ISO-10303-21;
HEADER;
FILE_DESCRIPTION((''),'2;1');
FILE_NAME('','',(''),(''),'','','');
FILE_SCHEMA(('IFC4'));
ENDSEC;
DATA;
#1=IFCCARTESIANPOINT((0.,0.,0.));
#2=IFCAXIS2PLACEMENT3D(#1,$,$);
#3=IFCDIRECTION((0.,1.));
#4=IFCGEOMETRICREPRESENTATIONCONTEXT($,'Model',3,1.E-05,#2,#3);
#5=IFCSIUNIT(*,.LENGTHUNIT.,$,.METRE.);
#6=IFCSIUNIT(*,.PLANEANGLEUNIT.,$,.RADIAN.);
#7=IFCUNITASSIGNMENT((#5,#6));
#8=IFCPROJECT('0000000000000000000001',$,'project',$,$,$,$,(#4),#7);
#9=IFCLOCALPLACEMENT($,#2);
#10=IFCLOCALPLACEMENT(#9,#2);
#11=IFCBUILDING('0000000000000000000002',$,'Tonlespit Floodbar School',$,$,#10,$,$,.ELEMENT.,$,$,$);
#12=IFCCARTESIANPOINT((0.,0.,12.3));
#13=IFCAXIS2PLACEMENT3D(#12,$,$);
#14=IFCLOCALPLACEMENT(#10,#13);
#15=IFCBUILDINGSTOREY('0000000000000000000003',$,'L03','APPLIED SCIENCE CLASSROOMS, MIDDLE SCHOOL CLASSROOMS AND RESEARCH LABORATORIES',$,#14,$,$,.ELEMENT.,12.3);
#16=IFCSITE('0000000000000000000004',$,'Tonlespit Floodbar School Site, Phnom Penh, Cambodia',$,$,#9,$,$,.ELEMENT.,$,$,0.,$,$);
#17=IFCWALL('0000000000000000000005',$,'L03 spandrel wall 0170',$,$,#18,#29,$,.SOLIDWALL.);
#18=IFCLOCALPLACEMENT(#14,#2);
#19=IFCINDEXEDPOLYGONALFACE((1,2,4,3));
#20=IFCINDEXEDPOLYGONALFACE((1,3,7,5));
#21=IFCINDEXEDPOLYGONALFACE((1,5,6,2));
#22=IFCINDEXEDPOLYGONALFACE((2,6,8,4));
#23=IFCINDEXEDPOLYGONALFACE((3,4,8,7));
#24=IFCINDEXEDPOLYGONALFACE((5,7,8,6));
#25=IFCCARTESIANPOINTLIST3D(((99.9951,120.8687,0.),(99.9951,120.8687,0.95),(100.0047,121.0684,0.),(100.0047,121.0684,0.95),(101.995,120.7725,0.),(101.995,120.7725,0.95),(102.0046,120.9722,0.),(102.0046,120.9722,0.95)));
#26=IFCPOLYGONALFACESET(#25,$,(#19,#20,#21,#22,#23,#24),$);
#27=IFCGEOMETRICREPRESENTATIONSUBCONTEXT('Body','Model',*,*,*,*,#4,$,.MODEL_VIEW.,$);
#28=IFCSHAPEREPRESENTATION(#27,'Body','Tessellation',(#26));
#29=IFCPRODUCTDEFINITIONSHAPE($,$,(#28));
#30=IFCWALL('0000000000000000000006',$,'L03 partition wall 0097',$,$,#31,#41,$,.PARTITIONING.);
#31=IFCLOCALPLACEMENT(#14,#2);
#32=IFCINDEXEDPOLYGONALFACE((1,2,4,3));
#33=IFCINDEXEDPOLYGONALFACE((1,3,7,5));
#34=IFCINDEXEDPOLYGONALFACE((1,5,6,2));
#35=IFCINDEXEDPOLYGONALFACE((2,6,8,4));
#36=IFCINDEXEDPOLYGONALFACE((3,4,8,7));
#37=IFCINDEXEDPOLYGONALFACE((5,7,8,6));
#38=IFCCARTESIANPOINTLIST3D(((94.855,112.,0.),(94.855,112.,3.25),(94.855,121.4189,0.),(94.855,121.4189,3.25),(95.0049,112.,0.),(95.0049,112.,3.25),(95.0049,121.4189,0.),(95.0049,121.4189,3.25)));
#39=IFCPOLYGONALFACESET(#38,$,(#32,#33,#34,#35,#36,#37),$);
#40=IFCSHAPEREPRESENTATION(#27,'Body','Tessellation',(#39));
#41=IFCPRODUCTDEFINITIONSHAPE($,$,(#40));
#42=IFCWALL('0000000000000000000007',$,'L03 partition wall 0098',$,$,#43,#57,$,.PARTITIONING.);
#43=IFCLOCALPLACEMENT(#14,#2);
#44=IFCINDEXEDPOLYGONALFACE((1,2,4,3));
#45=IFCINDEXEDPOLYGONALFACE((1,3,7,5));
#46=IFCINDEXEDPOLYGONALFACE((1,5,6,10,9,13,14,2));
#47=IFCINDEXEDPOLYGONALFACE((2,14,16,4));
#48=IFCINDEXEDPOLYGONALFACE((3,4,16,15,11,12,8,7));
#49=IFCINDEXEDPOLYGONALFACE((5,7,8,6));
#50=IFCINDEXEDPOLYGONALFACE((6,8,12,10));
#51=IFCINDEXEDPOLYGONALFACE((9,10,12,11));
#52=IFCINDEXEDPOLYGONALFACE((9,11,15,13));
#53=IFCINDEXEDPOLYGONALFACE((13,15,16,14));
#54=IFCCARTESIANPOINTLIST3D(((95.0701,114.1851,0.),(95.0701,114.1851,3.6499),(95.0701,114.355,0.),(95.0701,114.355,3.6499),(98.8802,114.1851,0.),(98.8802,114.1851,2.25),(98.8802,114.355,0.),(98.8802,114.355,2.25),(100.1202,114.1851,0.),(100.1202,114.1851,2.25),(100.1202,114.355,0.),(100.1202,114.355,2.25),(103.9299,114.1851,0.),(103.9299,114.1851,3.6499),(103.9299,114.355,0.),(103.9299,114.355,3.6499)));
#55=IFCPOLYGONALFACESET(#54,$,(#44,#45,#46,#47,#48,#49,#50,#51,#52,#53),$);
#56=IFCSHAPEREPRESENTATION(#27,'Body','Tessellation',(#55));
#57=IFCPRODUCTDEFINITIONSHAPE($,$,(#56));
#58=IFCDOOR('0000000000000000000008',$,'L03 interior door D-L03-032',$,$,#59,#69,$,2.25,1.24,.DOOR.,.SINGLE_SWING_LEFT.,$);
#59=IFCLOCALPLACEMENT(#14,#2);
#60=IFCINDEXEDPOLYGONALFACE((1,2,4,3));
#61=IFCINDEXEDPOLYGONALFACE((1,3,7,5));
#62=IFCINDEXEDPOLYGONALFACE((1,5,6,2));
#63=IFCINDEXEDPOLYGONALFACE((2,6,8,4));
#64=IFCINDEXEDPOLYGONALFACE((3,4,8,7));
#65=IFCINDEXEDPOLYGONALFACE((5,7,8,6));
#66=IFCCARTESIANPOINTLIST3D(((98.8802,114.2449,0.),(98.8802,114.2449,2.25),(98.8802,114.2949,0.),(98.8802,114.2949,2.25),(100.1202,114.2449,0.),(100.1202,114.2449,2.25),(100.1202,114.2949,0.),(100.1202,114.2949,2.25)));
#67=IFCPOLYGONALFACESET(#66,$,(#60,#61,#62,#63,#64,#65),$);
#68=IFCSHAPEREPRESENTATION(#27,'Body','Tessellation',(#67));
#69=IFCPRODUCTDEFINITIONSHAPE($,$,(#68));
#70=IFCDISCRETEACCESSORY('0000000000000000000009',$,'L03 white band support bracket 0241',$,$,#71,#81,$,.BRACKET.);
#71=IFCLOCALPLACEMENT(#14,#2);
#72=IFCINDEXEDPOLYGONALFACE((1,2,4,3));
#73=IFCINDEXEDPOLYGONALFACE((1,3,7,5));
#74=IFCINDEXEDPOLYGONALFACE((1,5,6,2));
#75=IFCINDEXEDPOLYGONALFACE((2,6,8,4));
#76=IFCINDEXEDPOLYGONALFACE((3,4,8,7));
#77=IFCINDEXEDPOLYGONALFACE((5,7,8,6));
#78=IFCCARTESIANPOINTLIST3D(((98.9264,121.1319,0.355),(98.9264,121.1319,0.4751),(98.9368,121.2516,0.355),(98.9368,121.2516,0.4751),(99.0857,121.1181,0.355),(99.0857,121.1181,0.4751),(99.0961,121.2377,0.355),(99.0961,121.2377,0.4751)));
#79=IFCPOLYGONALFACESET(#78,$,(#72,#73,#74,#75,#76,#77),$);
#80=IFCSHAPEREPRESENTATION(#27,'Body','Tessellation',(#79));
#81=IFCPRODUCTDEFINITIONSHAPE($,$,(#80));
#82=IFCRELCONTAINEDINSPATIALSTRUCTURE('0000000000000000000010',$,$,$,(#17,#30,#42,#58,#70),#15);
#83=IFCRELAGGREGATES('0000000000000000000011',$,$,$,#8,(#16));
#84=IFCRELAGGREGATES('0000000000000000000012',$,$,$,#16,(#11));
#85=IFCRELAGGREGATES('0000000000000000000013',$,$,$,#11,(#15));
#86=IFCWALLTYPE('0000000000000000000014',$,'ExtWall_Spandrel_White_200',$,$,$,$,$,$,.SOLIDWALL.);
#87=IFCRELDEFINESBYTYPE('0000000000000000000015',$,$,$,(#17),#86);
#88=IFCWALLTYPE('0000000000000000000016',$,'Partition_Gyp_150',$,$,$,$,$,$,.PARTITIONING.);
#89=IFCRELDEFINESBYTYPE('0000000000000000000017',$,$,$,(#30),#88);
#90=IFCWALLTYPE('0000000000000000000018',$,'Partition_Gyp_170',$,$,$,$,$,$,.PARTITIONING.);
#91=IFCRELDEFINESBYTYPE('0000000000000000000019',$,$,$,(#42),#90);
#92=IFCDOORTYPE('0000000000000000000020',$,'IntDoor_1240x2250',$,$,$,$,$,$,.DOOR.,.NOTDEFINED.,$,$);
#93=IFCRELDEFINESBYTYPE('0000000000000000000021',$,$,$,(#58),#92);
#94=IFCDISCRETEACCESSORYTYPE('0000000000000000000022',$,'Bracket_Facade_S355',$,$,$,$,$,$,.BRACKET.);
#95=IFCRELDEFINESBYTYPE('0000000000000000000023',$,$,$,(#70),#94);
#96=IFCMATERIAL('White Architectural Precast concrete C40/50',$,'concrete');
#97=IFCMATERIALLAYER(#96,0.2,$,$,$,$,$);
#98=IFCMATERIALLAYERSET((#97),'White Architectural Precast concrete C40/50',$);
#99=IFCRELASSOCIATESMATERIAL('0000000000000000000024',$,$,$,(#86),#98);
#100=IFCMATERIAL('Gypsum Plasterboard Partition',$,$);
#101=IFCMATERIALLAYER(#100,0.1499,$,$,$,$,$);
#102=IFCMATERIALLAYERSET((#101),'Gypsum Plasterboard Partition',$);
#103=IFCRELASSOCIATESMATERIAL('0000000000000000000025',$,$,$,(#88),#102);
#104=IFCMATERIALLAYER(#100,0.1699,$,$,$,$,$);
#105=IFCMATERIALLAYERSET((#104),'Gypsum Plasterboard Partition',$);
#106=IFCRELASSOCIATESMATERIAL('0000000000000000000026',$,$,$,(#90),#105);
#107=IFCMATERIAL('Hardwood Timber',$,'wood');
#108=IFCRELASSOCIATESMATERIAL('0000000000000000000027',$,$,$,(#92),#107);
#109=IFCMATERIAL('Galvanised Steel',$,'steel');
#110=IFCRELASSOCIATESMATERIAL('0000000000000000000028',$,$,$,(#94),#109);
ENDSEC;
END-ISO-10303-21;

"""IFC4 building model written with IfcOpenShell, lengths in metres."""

from ifc_helpers import new_model, si_unit, direction, frame, frame_2d, origin, origin_2d, place, context, subcontext, project, spatial, rectangle, extrude, material, layer, layer_set, type_object, element, fill, save


model = new_model("IFC4")

# Units and contexts
model_context = context("Model", 3, precision=1e-05, world=origin(), true_north=direction((0.0, 1.0)))
body_context = subcontext(model_context, "Body", "Model", "MODEL_VIEW")
ifc_project = project(units=[si_unit("LENGTHUNIT", "METRE"), si_unit("PLANEANGLEUNIT", "RADIAN")], contexts=[model_context])

# Site, building, storey
site_placement = place(None, origin())
site = spatial("IfcSite", under=ifc_project, at=site_placement, Name="Tonlespit Floodbar School Site, Phnom Penh, Cambodia", CompositionType="ELEMENT", RefElevation=0.0)
building_placement = place(site_placement, origin())
building = spatial("IfcBuilding", under=site, at=building_placement, Name="Tonlespit Floodbar School", CompositionType="ELEMENT")
storey_placement = place(building_placement, frame((0.0, 0.0, 12.3)))
storey = spatial("IfcBuildingStorey", under=building, at=storey_placement, Name="L03", Description="APPLIED SCIENCE CLASSROOMS, MIDDLE SCHOOL CLASSROOMS AND RESEARCH LABORATORIES", CompositionType="ELEMENT", Elevation=12.3)

# Walls
ifc_material_1 = material(Name="White Architectural Precast concrete C40/50", Category="concrete")
ifc_layer_1 = layer(ifc_material_1, 0.2)
ifc_layer_set_1 = layer_set([ifc_layer_1], Name="White Architectural Precast concrete C40/50")
wall_type_1 = type_object("IfcWallType", Name="ExtWall_Spandrel_White_200", PredefinedType="SOLIDWALL", material=ifc_layer_set_1)
wall_1_placement = place(storey_placement, frame((100.0, 120.9685, 0.0), z_axis=(0.0, 0.0, 1.0), x_axis=(0.998845, -0.04804, 0.0)))
element("IfcWall", 1, at=wall_1_placement, inside=storey, type_object=wall_type_1, Name="L03 spandrel wall 0170", PredefinedType="SOLIDWALL", context=body_context, shape_type="SweptSolid", body=[
    extrude(rectangle(XDim=2.0022, YDim=0.2, at=frame_2d((1.001, 0.0))), origin(), (0.0, 0.0, 1.0), 0.95),
])
ifc_material_2 = material(Name="Gypsum Plasterboard Partition")
ifc_layer_2 = layer(ifc_material_2, 0.1499)
ifc_layer_set_2 = layer_set([ifc_layer_2], Name="Gypsum Plasterboard Partition")
wall_type_2 = type_object("IfcWallType", Name="Partition_Gyp_150", PredefinedType="PARTITIONING", material=ifc_layer_set_2)
wall_2_placement = place(storey_placement, frame((94.9299, 112.0, 0.0), z_axis=(0.0, 0.0, 1.0), x_axis=(0.0, 1.0, 0.0)))
element("IfcWall", 2, at=wall_2_placement, inside=storey, type_object=wall_type_2, Name="L03 partition wall 0097", PredefinedType="PARTITIONING", context=body_context, shape_type="SweptSolid", body=[
    extrude(rectangle(XDim=9.4189, YDim=0.1499, at=frame_2d((4.7095, 0.0))), origin(), (0.0, 0.0, 1.0), 3.25),
])

# Wall, opening, door
ifc_layer_3 = layer(ifc_material_2, 0.1699)
ifc_layer_set_3 = layer_set([ifc_layer_3], Name="Gypsum Plasterboard Partition")
wall_type_3 = type_object("IfcWallType", Name="Partition_Gyp_170", PredefinedType="PARTITIONING", material=ifc_layer_set_3)
wall_3_placement = place(storey_placement, frame((95.0701, 114.27, 0.0), z_axis=(0.0, 0.0, 1.0), x_axis=(1.0, 0.0, 0.0)))
wall_3 = element("IfcWall", 3, at=wall_3_placement, inside=storey, type_object=wall_type_3, Name="L03 partition wall 0098", PredefinedType="PARTITIONING", context=body_context, shape_type="SweptSolid", body=[
    extrude(rectangle(XDim=8.8599, YDim=0.1699, at=frame_2d((4.4299, 0.0))), origin(), (0.0, 0.0, 1.0), 3.6499),
])
opening_placement = place(wall_3_placement, frame((3.8101, 0.0, 0.0)))
opening = element("IfcOpeningElement", 4, at=opening_placement, cuts=wall_3, PredefinedType="OPENING", context=body_context, shape_type="SweptSolid", body=[
    extrude(rectangle(XDim=1.24, YDim=2.25, at=frame_2d((0.6201, 1.125))), frame((0.0, 0.095, 0.0), z_axis=(0.0, -1.0, 0.0), x_axis=(1.0, 0.0, 0.0)), (0.0, 0.0, 1.0), 0.1899),
])
ifc_material_3 = material(Name="Hardwood Timber", Category="wood")
door_type = type_object("IfcDoorType", Name="IntDoor_1240x2250", OperationType="NOTDEFINED", PredefinedType="DOOR", material=ifc_material_3)
door_placement = place(opening_placement, origin())
door = element("IfcDoor", 5, at=door_placement, inside=storey, type_object=door_type, Name="L03 interior door D-L03-032", OperationType="SINGLE_SWING_LEFT", OverallHeight=2.25, OverallWidth=1.24, PredefinedType="DOOR", context=body_context, shape_type="SweptSolid", body=[
    extrude(rectangle(XDim=1.24, YDim=2.25, at=frame_2d((0.6201, 1.125))), frame((0.0, 0.0249, 0.0), z_axis=(0.0, -1.0, 0.0), x_axis=(1.0, 0.0, 0.0)), (0.0, 0.0, 1.0), 0.05),
])
fill(opening, door)

# Discrete accessory
ifc_material_4 = material(Name="Galvanised Steel", Category="steel")
discrete_accessory_type = type_object("IfcDiscreteAccessoryType", Name="Bracket_Facade_S355", PredefinedType="BRACKET", material=ifc_material_4)
discrete_accessory_placement = place(storey_placement, frame((99.0112, 121.1848, 0.355), z_axis=(0.0, 0.0, 1.0), x_axis=(0.996245, -0.086573, 0.0)))
element("IfcDiscreteAccessory", 6, at=discrete_accessory_placement, inside=storey, type_object=discrete_accessory_type, Name="L03 white band support bracket 0241", PredefinedType="BRACKET", context=body_context, shape_type="SweptSolid", body=[
    extrude(rectangle(XDim=0.1599, YDim=0.1201, at=origin_2d()), origin(), (0.0, 0.0, 1.0), 0.1201),
])

save(model, "model.ifc")
